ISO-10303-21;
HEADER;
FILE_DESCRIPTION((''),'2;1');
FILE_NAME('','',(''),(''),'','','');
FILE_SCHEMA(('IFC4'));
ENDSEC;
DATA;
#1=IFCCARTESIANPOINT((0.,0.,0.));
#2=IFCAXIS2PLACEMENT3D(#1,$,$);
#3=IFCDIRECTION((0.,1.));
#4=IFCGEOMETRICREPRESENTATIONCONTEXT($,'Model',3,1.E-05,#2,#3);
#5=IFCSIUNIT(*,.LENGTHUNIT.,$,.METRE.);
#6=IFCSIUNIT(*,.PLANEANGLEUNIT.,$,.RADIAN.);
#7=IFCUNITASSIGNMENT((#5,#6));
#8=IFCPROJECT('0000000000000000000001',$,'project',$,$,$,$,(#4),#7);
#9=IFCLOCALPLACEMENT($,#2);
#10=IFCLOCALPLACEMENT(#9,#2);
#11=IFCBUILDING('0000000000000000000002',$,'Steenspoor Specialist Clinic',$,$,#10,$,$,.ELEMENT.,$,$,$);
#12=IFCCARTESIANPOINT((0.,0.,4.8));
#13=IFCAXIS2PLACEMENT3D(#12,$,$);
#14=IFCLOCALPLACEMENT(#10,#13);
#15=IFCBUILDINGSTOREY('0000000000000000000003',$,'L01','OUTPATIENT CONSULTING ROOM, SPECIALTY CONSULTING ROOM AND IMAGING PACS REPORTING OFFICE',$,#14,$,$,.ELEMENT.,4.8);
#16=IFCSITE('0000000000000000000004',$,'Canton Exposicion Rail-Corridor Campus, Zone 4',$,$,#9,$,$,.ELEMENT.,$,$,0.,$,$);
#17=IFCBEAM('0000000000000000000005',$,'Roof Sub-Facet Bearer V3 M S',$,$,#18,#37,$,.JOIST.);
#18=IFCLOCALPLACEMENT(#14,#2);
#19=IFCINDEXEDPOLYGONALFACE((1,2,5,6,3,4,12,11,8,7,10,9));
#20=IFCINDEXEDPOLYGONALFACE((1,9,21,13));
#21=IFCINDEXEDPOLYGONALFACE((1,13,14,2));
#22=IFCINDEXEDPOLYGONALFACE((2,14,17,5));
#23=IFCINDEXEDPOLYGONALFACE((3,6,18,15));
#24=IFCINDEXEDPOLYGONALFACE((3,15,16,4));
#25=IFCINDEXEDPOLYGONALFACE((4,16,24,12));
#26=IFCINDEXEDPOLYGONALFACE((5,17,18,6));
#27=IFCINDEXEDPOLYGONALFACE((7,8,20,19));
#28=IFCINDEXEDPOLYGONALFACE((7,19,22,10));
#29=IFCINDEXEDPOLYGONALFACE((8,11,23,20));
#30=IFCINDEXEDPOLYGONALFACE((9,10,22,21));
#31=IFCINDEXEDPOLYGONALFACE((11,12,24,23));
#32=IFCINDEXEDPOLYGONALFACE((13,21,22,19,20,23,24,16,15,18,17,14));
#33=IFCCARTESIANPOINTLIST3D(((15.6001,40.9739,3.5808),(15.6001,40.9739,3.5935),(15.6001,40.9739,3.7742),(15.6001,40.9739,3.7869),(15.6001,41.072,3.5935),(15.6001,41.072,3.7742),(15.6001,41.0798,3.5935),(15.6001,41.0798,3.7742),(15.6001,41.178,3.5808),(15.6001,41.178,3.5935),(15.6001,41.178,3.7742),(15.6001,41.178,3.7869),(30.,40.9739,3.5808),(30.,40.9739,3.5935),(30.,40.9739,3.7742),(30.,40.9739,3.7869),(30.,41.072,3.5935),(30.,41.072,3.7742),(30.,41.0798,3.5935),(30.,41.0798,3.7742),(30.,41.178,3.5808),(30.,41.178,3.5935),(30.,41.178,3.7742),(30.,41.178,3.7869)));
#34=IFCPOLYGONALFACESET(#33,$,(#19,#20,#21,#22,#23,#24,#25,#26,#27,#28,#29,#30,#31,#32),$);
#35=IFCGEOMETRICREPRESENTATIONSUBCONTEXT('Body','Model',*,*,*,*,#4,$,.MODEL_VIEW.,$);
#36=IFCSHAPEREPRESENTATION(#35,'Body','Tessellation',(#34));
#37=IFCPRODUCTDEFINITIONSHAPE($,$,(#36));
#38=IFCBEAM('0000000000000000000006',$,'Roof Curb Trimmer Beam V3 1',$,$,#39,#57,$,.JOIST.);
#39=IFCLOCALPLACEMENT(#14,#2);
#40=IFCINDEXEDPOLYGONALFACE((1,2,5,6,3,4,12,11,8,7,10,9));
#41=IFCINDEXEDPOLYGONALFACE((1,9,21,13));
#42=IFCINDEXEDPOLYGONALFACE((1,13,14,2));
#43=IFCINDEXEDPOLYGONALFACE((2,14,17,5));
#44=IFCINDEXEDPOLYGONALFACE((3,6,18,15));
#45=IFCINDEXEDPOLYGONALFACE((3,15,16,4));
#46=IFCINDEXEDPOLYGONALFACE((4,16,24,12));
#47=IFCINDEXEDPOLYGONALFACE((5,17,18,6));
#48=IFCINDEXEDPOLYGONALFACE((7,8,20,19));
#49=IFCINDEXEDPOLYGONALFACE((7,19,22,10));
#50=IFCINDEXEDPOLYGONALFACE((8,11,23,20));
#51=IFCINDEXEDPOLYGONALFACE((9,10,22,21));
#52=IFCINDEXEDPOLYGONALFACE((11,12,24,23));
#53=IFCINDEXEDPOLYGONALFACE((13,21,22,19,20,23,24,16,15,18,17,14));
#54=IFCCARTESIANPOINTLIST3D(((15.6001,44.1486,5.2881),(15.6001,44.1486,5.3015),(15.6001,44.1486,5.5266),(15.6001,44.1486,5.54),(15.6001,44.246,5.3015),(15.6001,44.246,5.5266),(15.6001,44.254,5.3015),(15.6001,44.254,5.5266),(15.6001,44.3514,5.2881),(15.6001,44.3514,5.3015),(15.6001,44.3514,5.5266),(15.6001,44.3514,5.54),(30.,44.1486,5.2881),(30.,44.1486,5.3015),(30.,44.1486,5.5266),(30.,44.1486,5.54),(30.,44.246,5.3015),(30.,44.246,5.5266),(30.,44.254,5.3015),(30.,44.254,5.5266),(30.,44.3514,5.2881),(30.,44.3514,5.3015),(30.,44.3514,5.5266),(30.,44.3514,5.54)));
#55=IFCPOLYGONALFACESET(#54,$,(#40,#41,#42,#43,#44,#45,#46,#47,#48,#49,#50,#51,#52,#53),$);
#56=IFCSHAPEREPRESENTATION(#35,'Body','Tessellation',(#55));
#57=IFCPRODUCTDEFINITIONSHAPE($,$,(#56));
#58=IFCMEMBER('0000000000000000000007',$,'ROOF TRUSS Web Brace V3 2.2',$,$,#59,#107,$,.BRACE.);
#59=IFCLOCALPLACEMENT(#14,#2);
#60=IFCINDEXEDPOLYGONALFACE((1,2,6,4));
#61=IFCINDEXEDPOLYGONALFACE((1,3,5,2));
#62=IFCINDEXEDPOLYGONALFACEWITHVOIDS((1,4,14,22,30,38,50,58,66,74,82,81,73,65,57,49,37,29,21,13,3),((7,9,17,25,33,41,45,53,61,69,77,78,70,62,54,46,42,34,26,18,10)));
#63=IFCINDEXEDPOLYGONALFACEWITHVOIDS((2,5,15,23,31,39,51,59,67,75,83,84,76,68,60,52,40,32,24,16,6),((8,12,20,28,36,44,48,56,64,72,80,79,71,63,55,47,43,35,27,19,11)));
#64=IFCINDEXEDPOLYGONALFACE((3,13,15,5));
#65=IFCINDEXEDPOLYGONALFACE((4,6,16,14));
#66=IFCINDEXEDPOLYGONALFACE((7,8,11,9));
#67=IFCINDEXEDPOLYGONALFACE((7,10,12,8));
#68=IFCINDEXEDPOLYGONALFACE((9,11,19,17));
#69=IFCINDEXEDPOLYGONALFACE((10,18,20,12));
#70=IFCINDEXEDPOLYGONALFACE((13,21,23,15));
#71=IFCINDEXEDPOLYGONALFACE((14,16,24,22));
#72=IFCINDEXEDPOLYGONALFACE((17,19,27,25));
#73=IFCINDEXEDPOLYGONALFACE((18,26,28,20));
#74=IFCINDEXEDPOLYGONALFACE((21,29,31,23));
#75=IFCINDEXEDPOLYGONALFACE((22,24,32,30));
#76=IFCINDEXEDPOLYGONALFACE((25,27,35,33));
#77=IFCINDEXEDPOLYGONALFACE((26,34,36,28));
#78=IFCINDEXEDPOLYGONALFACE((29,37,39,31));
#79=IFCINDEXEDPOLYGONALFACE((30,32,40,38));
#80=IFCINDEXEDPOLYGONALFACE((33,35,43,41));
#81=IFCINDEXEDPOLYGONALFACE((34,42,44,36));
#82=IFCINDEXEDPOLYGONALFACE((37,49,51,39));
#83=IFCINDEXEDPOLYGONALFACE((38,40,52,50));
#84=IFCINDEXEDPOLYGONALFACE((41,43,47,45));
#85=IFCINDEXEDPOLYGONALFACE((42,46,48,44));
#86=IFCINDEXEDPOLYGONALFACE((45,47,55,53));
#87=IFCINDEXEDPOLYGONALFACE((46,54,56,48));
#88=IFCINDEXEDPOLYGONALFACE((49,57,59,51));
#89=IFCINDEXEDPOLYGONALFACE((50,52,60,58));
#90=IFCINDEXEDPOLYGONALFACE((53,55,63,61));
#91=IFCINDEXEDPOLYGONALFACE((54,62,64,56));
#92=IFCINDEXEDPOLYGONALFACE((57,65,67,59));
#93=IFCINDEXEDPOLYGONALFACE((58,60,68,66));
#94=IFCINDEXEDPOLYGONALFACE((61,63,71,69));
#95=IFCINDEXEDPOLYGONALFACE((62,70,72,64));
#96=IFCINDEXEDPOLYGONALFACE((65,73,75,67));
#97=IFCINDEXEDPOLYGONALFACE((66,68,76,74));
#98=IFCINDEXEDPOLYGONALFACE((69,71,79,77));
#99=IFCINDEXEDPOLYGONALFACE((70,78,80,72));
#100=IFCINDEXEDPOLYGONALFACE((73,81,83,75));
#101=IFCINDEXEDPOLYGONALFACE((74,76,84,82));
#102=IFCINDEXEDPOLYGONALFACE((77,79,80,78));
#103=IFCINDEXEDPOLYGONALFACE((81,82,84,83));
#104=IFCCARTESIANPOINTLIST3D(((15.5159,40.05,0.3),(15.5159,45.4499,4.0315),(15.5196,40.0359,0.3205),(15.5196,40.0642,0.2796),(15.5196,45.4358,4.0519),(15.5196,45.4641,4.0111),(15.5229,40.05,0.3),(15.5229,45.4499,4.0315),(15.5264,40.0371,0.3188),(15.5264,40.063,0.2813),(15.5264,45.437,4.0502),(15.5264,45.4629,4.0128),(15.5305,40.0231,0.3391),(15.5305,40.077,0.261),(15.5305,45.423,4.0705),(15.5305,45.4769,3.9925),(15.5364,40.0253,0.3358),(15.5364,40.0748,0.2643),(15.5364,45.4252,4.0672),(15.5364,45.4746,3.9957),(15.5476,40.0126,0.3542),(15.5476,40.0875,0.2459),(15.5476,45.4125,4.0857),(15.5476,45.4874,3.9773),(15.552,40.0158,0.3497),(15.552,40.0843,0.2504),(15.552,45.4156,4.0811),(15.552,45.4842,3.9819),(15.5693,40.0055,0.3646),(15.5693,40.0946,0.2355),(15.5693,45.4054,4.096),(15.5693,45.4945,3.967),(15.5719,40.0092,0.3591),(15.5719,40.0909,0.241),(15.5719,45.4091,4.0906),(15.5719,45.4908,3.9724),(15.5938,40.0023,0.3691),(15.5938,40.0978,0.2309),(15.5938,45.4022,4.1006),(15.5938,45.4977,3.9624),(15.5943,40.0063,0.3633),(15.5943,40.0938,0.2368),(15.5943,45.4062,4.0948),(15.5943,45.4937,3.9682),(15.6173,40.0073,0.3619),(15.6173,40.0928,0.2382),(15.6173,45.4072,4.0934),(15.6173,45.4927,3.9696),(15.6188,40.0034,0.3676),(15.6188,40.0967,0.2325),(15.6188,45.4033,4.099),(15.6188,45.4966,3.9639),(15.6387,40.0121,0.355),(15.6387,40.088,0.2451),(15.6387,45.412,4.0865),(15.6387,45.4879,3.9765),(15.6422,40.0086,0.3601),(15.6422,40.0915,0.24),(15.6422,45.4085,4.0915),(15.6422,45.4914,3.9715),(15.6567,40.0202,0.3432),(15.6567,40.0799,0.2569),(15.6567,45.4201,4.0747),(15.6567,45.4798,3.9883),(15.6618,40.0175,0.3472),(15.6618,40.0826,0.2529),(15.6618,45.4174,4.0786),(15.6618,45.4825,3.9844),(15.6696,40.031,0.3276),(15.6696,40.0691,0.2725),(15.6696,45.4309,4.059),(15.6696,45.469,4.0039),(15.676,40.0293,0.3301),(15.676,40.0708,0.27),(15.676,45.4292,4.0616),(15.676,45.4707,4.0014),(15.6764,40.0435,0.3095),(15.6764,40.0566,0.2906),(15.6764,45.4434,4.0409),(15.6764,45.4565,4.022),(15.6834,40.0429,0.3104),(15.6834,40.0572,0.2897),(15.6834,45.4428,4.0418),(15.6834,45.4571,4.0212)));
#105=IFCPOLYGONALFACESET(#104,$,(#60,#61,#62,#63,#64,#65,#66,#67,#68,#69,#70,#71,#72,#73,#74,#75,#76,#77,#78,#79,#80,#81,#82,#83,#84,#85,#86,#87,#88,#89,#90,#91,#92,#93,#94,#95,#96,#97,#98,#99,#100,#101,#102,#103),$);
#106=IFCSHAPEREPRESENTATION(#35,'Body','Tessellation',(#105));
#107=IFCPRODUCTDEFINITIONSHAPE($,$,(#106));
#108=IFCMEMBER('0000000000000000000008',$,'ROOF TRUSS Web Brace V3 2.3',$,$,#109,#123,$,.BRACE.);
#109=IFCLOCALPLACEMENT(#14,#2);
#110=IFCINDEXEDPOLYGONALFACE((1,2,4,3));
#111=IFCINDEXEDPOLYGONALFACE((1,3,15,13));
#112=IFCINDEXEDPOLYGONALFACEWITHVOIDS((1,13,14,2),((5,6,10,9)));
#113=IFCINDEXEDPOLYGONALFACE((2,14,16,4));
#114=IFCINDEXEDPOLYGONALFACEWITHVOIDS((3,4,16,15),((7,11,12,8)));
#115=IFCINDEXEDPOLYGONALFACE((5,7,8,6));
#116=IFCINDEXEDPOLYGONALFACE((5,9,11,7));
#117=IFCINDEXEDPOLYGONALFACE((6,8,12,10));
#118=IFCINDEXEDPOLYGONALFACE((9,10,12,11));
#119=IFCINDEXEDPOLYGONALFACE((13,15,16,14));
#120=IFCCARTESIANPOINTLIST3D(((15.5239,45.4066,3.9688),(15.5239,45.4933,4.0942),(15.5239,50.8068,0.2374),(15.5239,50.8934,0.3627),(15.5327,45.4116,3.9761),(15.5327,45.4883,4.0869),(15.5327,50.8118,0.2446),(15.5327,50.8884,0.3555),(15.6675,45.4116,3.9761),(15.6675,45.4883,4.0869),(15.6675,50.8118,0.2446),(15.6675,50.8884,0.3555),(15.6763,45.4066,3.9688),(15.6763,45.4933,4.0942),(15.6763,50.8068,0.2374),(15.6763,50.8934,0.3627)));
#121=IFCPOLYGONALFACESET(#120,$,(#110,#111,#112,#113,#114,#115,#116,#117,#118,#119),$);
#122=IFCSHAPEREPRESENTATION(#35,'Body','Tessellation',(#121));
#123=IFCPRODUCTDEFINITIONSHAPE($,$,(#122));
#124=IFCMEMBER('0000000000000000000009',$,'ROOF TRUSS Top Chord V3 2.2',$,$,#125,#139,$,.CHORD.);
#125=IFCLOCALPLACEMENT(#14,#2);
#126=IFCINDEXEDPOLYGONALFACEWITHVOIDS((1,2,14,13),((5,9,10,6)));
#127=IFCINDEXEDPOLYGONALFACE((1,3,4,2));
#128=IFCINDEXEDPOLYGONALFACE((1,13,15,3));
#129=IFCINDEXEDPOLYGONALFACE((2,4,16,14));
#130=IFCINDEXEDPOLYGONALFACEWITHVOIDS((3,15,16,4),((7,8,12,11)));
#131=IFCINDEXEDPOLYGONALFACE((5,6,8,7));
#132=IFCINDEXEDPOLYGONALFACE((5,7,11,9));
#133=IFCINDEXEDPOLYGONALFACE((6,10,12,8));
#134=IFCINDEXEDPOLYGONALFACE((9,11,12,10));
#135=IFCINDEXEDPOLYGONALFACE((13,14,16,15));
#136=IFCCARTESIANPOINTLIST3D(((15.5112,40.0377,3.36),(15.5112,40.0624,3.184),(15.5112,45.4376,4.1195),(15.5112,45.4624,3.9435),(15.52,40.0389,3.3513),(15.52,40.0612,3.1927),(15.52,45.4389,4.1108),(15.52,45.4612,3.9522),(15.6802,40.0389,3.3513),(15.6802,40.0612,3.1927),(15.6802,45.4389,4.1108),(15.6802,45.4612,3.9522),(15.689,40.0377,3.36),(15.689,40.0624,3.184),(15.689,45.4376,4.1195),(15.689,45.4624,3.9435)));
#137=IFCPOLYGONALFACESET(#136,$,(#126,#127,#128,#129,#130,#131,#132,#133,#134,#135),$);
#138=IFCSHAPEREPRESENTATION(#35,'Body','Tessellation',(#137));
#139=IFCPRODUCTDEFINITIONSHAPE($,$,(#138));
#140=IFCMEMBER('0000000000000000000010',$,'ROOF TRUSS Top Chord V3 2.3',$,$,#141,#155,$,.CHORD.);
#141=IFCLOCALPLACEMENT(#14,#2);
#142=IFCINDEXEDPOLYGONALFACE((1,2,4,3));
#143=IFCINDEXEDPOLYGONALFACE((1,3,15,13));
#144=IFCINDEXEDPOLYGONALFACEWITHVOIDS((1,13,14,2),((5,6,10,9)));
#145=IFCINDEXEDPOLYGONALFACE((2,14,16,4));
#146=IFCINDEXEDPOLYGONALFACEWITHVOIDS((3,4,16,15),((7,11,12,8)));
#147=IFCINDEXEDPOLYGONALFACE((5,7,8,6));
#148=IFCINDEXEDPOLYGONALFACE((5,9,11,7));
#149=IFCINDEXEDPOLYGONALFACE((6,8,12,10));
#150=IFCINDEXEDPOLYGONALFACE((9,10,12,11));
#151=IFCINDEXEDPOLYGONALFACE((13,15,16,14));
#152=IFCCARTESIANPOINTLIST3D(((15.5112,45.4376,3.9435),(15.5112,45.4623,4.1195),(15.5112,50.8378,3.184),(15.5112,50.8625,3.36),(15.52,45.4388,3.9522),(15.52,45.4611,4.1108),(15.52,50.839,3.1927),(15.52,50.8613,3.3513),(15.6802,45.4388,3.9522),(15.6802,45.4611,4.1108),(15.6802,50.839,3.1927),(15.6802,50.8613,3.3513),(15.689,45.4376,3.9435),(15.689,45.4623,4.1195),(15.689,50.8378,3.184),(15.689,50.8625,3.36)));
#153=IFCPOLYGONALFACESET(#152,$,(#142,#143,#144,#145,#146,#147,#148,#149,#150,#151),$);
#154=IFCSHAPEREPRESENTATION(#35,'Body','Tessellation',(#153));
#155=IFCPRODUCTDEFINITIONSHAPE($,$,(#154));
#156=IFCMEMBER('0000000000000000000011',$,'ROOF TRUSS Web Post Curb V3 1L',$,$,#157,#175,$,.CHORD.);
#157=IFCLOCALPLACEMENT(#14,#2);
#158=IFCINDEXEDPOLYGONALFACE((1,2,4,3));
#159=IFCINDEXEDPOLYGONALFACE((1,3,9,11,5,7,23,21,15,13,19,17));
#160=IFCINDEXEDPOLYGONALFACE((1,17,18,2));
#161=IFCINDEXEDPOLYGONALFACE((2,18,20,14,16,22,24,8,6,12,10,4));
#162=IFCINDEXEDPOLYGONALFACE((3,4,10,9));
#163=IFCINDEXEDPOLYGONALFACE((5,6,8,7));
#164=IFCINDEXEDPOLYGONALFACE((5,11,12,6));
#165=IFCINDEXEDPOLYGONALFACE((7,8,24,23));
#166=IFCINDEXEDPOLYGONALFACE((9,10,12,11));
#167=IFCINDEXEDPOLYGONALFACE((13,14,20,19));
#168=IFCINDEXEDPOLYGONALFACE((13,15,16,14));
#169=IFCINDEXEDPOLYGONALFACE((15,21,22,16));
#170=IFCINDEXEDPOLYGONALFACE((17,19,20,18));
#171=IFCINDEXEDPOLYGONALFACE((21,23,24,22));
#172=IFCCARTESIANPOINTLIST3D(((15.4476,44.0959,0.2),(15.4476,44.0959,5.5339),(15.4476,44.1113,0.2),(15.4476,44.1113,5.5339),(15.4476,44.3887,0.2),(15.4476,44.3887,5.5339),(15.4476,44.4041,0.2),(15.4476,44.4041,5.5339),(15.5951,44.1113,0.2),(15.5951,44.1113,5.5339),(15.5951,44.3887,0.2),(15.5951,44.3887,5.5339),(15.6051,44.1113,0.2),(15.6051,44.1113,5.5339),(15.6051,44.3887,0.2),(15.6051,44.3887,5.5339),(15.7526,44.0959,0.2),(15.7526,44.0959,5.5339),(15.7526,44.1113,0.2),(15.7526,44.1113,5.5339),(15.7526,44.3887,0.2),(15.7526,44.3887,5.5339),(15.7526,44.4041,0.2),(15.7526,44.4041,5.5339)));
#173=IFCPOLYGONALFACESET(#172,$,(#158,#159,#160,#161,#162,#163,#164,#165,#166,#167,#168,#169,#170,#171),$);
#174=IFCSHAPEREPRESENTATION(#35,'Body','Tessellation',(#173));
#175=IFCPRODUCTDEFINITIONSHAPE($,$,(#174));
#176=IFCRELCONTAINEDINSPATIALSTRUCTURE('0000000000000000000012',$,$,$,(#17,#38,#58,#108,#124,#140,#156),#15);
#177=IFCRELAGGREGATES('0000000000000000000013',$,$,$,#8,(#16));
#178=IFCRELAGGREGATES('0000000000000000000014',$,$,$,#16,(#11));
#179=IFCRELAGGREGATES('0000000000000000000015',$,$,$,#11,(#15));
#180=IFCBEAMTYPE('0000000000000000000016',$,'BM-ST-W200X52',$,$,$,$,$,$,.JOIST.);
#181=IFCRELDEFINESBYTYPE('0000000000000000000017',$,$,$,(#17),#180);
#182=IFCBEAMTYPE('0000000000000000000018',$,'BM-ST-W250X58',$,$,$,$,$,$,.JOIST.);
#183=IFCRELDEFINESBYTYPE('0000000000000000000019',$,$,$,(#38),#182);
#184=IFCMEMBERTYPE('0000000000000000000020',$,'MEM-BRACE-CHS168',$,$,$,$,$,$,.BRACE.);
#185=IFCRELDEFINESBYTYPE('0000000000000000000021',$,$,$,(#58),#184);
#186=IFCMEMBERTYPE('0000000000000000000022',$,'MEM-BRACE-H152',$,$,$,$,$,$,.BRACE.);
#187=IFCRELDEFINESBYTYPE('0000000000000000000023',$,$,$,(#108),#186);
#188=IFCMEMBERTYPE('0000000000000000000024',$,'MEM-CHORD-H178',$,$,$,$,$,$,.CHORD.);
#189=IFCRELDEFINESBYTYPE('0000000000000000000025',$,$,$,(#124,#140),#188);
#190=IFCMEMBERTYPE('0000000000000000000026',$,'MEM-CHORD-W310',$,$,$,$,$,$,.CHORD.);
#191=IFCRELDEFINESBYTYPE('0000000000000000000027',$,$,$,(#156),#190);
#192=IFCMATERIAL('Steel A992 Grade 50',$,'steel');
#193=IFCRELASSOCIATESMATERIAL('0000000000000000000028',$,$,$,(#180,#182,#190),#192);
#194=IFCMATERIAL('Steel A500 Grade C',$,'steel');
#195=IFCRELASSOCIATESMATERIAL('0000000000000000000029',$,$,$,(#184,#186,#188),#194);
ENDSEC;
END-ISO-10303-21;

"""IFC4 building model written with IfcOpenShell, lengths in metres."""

from ifc_helpers import new_model, si_unit, direction, frame, origin, origin_2d, place, context, subcontext, project, spatial, hollow_rectangle, hollow_circle, i_section, extrude, material, material_profile, profile_set, type_object, element, save


model = new_model("IFC4")

# Units and contexts
model_context = context("Model", 3, precision=1e-05, world=origin(), true_north=direction((0.0, 1.0)))
body_context = subcontext(model_context, "Body", "Model", "MODEL_VIEW")
ifc_project = project(units=[si_unit("LENGTHUNIT", "METRE"), si_unit("PLANEANGLEUNIT", "RADIAN")], contexts=[model_context])

# Site, building, storey
site_placement = place(None, origin())
site = spatial("IfcSite", under=ifc_project, at=site_placement, Name="Canton Exposicion Rail-Corridor Campus, Zone 4", CompositionType="ELEMENT", RefElevation=0.0)
building_placement = place(site_placement, origin())
building = spatial("IfcBuilding", under=site, at=building_placement, Name="Steenspoor Specialist Clinic", CompositionType="ELEMENT")
storey_placement = place(building_placement, frame((0.0, 0.0, 4.8)))
storey = spatial("IfcBuildingStorey", under=building, at=storey_placement, Name="L01", Description="OUTPATIENT CONSULTING ROOM, SPECIALTY CONSULTING ROOM AND IMAGING PACS REPORTING OFFICE", CompositionType="ELEMENT", Elevation=4.8)

# Beams
ifc_material_1 = material(Name="Steel A992 Grade 50", Category="steel")
ifc_material_profile_1 = material_profile(ifc_material_1, i_section(OverallWidth=0.2041, OverallDepth=0.2061, WebThickness=0.0078, FlangeThickness=0.0127, at=origin_2d()), Name="W200X52")
ifc_profile_set_1 = profile_set([ifc_material_profile_1], Name="Steel A992 Grade 50")
beam_type_1 = type_object("IfcBeamType", Name="BM-ST-W200X52", PredefinedType="JOIST", material=ifc_profile_set_1)
beam_1_placement = place(storey_placement, frame((15.6001, 41.0759, 3.6838), z_axis=(1.0, 0.0, 0.0), x_axis=(0.0, 1.0, 0.0)))
element("IfcBeam", 1, at=beam_1_placement, inside=storey, type_object=beam_type_1, Name="Roof Sub-Facet Bearer V3 M S", PredefinedType="JOIST", context=body_context, shape_type="SweptSolid", body=[
    extrude(i_section(OverallWidth=0.2041, OverallDepth=0.2061, WebThickness=0.0078, FlangeThickness=0.0127, at=origin_2d()), origin(), (0.0, 0.0, 1.0), 14.3999),
])
ifc_material_profile_2 = material_profile(ifc_material_1, i_section(OverallWidth=0.2029, OverallDepth=0.252, WebThickness=0.0081, FlangeThickness=0.0134, at=origin_2d()), Name="W250X58")
ifc_profile_set_2 = profile_set([ifc_material_profile_2], Name="Steel A992 Grade 50")
beam_type_2 = type_object("IfcBeamType", Name="BM-ST-W250X58", PredefinedType="JOIST", material=ifc_profile_set_2)
beam_2_placement = place(storey_placement, frame((15.6001, 44.25, 5.4141), z_axis=(1.0, 0.0, 0.0), x_axis=(0.0, 1.0, 0.0)))
element("IfcBeam", 2, at=beam_2_placement, inside=storey, type_object=beam_type_2, Name="Roof Curb Trimmer Beam V3 1", PredefinedType="JOIST", context=body_context, shape_type="SweptSolid", body=[
    extrude(i_section(OverallWidth=0.2029, OverallDepth=0.252, WebThickness=0.0081, FlangeThickness=0.0134, at=origin_2d()), origin(), (0.0, 0.0, 1.0), 14.3999),
])

# Members
ifc_material_2 = material(Name="Steel A500 Grade C", Category="steel")
ifc_material_profile_3 = material_profile(ifc_material_2, hollow_circle(Radius=0.0842, WallThickness=0.0071, at=origin_2d()), Name="CHS168X7.1")
ifc_profile_set_3 = profile_set([ifc_material_profile_3], Name="Steel A500 Grade C")
member_type_1 = type_object("IfcMemberType", Name="MEM-BRACE-CHS168", PredefinedType="BRACE", material=ifc_profile_set_3)
member_1_placement = place(storey_placement, frame((15.6001, 40.05, 0.3), z_axis=(0.0, 0.822687, 0.568494), x_axis=(-1.0, 0.0, 0.0)))
element("IfcMember", 3, at=member_1_placement, inside=storey, type_object=member_type_1, Name="ROOF TRUSS Web Brace V3 2.2", PredefinedType="BRACE", context=body_context, shape_type="SweptSolid", body=[
    extrude(hollow_circle(Radius=0.0842, WallThickness=0.0071, at=origin_2d()), origin(), (0.0, 0.0, 1.0), 6.5637),
])
ifc_material_profile_4 = material_profile(ifc_material_2, hollow_rectangle(XDim=0.1523, YDim=0.1523, WallThickness=0.0088, at=origin_2d()), Name="HSS152X152X9.5")
ifc_profile_set_4 = profile_set([ifc_material_profile_4], Name="Steel A500 Grade C")
member_type_2 = type_object("IfcMemberType", Name="MEM-BRACE-H152", PredefinedType="BRACE", material=ifc_profile_set_4)
member_2_placement = place(storey_placement, frame((15.6001, 45.45, 4.0315), z_axis=(0.0, 0.822699, -0.568477), x_axis=(-1.0, 0.0, 0.0)))
element("IfcMember", 4, at=member_2_placement, inside=storey, type_object=member_type_2, Name="ROOF TRUSS Web Brace V3 2.3", PredefinedType="BRACE", context=body_context, shape_type="SweptSolid", body=[
    extrude(hollow_rectangle(XDim=0.1523, YDim=0.1523, WallThickness=0.0088, at=origin_2d()), origin(), (0.0, 0.0, 1.0), 6.564),
])
ifc_material_profile_5 = material_profile(ifc_material_2, hollow_rectangle(XDim=0.1777, YDim=0.1777, WallThickness=0.0088, at=origin_2d()), Name="HSS178X178X9.5")
ifc_profile_set_5 = profile_set([ifc_material_profile_5], Name="Steel A500 Grade C")
member_type_3 = type_object("IfcMemberType", Name="MEM-CHORD-H178", PredefinedType="CHORD", material=ifc_profile_set_5)
member_3_placement = place(storey_placement, frame((15.6001, 40.05, 3.272), z_axis=(0.0, 0.990253, 0.139284), x_axis=(-1.0, 0.0, 0.0)))
element("IfcMember", 5, at=member_3_placement, inside=storey, type_object=member_type_3, Name="ROOF TRUSS Top Chord V3 2.2", PredefinedType="CHORD", context=body_context, shape_type="SweptSolid", body=[
    extrude(hollow_rectangle(XDim=0.1777, YDim=0.1777, WallThickness=0.0088, at=origin_2d()), origin(), (0.0, 0.0, 1.0), 5.4531),
])
member_4_placement = place(storey_placement, frame((15.6001, 45.45, 4.0315), z_axis=(0.0, 0.990253, -0.139277), x_axis=(-1.0, 0.0, 0.0)))
element("IfcMember", 6, at=member_4_placement, inside=storey, type_object=member_type_3, Name="ROOF TRUSS Top Chord V3 2.3", PredefinedType="CHORD", context=body_context, shape_type="SweptSolid", body=[
    extrude(hollow_rectangle(XDim=0.1777, YDim=0.1777, WallThickness=0.0088, at=origin_2d()), origin(), (0.0, 0.0, 1.0), 5.4534),
])
ifc_material_profile_6 = material_profile(ifc_material_1, i_section(OverallWidth=0.3049, OverallDepth=0.3081, WebThickness=0.01, FlangeThickness=0.0154, at=origin_2d()), Name="W310X97")
ifc_profile_set_6 = profile_set([ifc_material_profile_6], Name="Steel A992 Grade 50")
member_type_4 = type_object("IfcMemberType", Name="MEM-CHORD-W310", PredefinedType="CHORD", material=ifc_profile_set_6)
member_5_placement = place(storey_placement, frame((15.6001, 44.25, 0.2), z_axis=(0.0, 0.0, 1.0), x_axis=(1.0, 0.0, 0.0)))
element("IfcMember", 7, at=member_5_placement, inside=storey, type_object=member_type_4, Name="ROOF TRUSS Web Post Curb V3 1L", PredefinedType="CHORD", context=body_context, shape_type="SweptSolid", body=[
    extrude(i_section(OverallWidth=0.3049, OverallDepth=0.3081, WebThickness=0.01, FlangeThickness=0.0154, at=origin_2d()), origin(), (0.0, 0.0, 1.0), 5.334),
])

save(model, "model.ifc")
